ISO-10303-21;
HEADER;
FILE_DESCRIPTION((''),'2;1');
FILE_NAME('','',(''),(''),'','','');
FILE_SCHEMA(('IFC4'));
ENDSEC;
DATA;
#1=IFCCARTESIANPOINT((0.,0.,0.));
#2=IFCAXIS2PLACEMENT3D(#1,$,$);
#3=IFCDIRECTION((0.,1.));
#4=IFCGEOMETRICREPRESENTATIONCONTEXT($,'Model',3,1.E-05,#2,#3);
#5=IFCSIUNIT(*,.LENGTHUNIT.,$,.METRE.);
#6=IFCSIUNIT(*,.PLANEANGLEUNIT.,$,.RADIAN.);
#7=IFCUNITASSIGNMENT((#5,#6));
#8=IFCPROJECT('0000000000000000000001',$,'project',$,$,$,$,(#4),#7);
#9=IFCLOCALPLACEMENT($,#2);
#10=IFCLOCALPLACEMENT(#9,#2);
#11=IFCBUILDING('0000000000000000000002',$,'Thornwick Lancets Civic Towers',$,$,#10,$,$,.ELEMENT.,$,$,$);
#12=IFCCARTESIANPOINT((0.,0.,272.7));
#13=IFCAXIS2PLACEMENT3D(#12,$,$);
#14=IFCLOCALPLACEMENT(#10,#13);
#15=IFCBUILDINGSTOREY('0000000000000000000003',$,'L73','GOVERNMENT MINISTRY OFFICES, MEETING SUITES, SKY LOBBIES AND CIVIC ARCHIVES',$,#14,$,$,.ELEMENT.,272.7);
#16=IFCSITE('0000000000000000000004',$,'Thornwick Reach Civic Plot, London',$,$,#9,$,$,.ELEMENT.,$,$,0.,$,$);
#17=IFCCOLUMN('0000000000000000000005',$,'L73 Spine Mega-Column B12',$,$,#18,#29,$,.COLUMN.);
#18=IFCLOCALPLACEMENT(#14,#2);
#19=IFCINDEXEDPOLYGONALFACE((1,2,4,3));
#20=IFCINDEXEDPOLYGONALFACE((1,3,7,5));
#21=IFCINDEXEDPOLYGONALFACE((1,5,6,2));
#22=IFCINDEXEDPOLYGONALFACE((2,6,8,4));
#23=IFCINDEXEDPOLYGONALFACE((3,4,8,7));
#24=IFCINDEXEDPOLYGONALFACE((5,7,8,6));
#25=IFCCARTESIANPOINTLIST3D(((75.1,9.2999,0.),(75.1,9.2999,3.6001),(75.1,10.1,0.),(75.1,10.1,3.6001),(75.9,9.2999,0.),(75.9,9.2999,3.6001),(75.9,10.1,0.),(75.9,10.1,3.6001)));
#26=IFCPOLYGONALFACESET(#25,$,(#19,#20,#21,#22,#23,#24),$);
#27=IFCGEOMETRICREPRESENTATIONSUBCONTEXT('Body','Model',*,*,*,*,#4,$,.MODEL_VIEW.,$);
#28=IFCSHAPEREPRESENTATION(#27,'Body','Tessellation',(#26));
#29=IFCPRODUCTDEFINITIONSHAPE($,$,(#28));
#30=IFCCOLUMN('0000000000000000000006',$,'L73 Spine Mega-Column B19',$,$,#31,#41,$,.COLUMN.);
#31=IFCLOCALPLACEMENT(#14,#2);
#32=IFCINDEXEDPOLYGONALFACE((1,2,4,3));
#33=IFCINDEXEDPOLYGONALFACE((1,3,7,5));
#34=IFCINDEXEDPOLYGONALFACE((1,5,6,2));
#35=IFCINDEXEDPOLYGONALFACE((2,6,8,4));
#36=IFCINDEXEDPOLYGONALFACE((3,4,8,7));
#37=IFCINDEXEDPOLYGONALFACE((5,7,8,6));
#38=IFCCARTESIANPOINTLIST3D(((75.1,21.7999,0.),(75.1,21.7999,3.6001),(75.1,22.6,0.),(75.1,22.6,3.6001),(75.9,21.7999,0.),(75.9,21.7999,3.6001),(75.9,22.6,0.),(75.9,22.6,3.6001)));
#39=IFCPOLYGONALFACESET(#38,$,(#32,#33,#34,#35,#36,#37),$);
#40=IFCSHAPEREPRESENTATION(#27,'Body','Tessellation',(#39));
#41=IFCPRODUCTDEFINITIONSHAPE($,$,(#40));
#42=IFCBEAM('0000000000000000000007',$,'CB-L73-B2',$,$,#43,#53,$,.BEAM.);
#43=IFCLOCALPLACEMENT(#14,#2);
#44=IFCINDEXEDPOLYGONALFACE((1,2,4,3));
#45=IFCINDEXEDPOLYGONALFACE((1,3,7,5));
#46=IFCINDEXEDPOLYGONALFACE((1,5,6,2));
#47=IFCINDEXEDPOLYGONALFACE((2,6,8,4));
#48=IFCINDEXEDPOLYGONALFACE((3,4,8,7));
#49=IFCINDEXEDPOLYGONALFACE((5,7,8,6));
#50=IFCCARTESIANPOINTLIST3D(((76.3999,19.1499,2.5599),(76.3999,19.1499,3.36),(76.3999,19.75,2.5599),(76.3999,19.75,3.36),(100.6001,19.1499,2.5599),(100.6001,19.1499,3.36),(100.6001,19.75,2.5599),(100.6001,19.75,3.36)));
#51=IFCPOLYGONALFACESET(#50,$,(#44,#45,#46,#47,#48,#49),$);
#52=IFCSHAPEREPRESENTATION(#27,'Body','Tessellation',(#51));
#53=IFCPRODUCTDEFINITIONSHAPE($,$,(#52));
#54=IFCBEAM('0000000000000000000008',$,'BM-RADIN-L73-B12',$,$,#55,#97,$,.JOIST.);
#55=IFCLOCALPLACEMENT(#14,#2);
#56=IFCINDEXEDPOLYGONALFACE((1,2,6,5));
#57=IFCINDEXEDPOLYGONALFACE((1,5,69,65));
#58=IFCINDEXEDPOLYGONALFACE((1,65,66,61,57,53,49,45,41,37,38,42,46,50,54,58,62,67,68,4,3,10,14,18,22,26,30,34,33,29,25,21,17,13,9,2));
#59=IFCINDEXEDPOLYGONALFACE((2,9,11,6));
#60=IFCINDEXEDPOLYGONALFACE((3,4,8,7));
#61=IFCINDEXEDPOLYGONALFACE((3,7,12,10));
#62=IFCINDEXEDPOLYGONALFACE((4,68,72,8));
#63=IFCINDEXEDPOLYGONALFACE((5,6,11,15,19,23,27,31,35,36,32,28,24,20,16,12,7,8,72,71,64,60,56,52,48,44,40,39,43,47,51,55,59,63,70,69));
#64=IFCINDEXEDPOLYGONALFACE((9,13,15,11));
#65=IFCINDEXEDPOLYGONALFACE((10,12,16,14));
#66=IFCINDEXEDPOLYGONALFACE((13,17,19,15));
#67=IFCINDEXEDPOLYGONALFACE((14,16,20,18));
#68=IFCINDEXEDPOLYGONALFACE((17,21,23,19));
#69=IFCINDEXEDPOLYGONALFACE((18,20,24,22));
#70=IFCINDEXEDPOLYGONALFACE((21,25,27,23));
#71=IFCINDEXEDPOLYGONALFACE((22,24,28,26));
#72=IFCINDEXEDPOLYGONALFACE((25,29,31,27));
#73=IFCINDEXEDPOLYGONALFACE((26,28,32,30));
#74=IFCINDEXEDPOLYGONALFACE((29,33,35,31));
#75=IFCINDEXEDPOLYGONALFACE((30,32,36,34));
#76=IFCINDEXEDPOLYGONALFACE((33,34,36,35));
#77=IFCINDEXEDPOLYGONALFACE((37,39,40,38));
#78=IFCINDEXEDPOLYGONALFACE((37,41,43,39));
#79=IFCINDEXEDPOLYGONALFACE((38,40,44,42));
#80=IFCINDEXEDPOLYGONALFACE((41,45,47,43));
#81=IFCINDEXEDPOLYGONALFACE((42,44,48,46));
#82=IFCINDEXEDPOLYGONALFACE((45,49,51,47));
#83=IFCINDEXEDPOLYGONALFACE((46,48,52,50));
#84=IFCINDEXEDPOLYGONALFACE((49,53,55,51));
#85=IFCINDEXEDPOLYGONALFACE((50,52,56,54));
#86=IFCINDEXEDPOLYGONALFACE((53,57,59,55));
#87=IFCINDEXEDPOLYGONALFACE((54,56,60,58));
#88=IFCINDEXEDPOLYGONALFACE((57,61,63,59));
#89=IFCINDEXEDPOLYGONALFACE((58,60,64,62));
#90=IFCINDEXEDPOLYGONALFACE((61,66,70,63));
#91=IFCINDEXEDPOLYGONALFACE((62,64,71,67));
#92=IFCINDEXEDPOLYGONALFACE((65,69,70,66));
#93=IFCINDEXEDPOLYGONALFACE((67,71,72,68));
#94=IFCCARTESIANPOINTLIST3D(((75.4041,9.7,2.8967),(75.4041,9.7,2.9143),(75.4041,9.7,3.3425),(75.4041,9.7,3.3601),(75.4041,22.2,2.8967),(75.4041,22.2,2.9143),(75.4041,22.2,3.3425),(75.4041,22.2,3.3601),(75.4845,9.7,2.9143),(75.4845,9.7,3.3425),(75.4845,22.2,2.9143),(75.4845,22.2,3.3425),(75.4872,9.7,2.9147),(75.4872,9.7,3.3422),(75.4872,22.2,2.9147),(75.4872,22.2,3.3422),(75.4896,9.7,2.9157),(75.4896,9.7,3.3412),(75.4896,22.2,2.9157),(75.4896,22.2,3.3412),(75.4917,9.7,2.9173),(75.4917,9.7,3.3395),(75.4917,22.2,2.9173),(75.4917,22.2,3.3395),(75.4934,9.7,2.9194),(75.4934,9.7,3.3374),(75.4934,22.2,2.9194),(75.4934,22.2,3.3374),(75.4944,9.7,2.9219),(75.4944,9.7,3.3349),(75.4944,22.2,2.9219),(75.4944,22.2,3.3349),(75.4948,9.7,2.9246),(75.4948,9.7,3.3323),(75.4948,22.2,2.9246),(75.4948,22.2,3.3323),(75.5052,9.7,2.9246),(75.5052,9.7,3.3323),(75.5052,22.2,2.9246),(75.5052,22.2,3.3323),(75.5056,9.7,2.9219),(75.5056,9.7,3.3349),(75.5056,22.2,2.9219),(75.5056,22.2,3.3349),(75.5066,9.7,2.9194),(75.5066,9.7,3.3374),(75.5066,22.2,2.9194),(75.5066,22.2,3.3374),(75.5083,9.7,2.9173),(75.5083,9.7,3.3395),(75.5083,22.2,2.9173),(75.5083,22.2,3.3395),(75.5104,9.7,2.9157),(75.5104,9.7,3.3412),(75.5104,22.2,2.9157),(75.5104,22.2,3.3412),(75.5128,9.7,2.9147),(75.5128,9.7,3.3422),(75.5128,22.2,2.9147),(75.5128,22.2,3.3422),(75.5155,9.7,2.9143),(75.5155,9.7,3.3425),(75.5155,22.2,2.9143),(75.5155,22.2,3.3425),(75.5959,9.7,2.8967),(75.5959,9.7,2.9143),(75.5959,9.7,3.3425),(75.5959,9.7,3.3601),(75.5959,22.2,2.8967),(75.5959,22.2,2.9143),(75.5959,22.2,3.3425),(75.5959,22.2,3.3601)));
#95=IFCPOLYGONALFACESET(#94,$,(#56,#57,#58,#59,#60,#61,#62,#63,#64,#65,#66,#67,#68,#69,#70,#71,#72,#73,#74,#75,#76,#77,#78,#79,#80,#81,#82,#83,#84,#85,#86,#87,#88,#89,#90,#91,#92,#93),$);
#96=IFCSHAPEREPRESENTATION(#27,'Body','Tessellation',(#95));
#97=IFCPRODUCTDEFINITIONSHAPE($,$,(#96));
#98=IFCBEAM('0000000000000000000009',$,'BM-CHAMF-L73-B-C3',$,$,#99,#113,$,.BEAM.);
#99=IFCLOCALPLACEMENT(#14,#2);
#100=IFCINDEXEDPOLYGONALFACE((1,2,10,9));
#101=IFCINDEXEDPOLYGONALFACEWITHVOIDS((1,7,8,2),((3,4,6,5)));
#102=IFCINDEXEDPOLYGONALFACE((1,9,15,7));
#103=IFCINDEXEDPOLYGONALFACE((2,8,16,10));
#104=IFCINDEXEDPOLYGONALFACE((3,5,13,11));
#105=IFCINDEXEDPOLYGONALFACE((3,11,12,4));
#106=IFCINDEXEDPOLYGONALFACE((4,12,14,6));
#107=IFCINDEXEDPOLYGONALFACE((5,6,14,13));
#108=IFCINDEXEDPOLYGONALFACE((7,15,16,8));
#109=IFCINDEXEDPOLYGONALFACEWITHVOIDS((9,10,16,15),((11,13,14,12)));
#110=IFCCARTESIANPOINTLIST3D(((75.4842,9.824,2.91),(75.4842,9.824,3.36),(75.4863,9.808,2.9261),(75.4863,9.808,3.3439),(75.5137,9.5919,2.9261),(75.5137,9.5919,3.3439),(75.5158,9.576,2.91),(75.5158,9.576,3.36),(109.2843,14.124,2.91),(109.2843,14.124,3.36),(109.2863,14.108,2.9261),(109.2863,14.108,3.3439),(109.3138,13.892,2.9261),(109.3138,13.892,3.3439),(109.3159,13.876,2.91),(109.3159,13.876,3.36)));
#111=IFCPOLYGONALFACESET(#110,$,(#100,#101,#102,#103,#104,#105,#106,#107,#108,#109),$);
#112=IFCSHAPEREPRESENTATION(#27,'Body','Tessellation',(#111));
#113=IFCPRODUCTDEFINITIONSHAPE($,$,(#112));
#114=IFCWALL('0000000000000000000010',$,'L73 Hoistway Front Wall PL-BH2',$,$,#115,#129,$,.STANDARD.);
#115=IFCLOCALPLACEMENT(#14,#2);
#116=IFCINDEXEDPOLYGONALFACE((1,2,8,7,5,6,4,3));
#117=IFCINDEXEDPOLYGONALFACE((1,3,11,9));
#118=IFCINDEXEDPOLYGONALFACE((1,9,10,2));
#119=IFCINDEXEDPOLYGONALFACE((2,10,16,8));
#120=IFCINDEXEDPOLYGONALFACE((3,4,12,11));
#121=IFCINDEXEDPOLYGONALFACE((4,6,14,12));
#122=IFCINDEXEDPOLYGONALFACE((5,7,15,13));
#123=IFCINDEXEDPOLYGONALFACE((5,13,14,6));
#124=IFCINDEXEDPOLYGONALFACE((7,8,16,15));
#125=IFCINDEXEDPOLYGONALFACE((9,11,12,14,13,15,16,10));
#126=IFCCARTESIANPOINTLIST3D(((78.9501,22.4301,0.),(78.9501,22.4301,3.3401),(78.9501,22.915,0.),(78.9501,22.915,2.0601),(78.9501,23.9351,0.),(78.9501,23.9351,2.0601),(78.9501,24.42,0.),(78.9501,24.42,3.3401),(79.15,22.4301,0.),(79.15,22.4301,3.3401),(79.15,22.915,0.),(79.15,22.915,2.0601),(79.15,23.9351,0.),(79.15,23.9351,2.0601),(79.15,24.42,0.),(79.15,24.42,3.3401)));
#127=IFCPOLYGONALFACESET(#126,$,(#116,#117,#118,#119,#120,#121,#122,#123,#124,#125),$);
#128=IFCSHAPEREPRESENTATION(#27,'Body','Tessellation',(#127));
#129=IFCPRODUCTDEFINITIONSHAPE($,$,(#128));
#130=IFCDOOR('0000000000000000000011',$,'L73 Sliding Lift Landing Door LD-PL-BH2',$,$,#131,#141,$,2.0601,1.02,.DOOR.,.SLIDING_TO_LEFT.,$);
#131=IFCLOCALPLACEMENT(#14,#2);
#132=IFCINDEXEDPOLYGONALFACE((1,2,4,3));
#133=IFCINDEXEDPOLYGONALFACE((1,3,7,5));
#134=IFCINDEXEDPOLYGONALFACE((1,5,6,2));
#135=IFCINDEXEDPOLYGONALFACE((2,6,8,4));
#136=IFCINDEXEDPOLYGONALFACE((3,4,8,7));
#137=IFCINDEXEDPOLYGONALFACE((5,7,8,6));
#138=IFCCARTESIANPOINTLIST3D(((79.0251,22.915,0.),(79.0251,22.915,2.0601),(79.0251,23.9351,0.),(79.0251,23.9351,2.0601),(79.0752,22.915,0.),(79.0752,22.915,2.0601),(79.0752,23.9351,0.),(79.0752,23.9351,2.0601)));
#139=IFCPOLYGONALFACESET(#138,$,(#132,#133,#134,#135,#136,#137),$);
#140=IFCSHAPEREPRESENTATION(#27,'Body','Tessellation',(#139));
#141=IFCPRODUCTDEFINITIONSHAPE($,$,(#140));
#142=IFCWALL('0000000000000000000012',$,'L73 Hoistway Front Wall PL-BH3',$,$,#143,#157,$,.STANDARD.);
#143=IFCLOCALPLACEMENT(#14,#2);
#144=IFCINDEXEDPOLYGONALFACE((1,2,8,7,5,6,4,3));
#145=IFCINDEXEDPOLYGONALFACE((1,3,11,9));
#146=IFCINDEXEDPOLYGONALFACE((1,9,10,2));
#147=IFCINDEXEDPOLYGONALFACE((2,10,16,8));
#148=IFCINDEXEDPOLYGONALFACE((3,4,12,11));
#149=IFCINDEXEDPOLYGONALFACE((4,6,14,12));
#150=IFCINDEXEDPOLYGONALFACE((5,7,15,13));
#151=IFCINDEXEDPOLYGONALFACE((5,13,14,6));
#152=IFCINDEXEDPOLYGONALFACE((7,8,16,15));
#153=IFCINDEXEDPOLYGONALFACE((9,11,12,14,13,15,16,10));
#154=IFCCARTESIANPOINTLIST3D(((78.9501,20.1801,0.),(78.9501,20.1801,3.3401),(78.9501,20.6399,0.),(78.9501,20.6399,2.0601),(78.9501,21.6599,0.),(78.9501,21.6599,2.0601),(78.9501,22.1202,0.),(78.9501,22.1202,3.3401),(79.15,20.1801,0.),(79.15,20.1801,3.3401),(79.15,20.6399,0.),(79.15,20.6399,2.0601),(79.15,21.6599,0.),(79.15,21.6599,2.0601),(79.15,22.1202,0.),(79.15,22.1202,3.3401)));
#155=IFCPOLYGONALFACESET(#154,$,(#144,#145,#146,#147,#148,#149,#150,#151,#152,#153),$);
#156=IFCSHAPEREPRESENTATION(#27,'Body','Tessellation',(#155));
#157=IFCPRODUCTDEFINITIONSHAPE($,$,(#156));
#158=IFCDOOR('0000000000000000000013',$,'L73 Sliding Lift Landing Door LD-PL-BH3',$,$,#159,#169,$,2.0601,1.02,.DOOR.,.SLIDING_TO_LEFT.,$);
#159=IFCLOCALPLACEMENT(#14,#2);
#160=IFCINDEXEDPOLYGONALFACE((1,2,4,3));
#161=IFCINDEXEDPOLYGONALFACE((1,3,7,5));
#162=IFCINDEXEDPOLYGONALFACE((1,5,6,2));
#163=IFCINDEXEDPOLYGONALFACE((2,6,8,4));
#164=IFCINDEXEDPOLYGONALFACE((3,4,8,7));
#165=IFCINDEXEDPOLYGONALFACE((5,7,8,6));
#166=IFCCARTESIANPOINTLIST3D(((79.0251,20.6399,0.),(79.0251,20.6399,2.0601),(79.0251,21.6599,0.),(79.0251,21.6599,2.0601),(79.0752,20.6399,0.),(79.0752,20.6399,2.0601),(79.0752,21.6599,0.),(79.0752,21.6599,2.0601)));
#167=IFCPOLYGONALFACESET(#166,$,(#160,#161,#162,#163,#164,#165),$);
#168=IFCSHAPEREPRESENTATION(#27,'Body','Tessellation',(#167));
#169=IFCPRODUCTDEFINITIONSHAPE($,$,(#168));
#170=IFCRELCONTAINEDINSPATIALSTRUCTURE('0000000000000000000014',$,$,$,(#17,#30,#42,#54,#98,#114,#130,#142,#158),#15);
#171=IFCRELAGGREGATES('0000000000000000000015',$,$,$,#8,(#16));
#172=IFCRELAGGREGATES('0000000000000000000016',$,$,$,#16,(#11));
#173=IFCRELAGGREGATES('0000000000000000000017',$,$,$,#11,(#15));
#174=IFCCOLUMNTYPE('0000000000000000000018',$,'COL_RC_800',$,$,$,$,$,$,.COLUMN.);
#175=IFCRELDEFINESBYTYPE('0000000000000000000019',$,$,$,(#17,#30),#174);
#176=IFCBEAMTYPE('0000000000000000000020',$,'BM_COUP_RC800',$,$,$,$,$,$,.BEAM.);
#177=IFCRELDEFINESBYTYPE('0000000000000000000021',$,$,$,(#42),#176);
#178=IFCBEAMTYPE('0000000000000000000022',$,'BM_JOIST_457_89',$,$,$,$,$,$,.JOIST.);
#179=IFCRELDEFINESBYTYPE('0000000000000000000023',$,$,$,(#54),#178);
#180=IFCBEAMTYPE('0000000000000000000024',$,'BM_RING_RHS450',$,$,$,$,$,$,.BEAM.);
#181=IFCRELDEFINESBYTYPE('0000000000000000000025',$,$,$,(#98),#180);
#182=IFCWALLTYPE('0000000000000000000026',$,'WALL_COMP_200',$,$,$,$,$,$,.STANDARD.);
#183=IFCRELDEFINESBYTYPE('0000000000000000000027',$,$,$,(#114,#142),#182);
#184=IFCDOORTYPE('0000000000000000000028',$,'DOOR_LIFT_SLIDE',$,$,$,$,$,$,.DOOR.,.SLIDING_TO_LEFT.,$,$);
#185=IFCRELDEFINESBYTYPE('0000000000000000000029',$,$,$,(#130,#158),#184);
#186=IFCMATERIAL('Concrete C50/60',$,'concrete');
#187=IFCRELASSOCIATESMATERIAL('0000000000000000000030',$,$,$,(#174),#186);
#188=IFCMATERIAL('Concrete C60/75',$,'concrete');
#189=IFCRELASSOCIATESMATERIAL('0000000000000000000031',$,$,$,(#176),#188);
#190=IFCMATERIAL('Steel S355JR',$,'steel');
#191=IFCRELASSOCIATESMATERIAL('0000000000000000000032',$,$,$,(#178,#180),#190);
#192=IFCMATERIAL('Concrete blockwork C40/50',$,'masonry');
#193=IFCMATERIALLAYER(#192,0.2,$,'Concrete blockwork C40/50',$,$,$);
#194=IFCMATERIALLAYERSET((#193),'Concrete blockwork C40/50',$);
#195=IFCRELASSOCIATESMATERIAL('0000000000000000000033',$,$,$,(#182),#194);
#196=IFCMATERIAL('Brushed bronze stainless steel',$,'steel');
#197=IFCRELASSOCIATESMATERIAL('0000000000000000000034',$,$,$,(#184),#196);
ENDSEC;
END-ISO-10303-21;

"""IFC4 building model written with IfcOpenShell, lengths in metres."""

from ifc_helpers import new_model, si_unit, direction, frame, frame_2d, origin, origin_2d, place, context, subcontext, project, spatial, rectangle, hollow_rectangle, i_section, extrude, material, layer, layer_set, material_profile, profile_set, type_object, element, fill, save


model = new_model("IFC4")

# Units and contexts
model_context = context("Model", 3, precision=1e-05, world=origin(), true_north=direction((0.0, 1.0)))
body_context = subcontext(model_context, "Body", "Model", "MODEL_VIEW")
ifc_project = project(units=[si_unit("LENGTHUNIT", "METRE"), si_unit("PLANEANGLEUNIT", "RADIAN")], contexts=[model_context])

# Site, building, storey
site_placement = place(None, origin())
site = spatial("IfcSite", under=ifc_project, at=site_placement, Name="Thornwick Reach Civic Plot, London", CompositionType="ELEMENT", RefElevation=0.0)
building_placement = place(site_placement, origin())
building = spatial("IfcBuilding", under=site, at=building_placement, Name="Thornwick Lancets Civic Towers", CompositionType="ELEMENT")
storey_placement = place(building_placement, frame((0.0, 0.0, 272.7)))
storey = spatial("IfcBuildingStorey", under=building, at=storey_placement, Name="L73", Description="GOVERNMENT MINISTRY OFFICES, MEETING SUITES, SKY LOBBIES AND CIVIC ARCHIVES", CompositionType="ELEMENT", Elevation=272.7)

# Columns
ifc_material_1 = material(Name="Concrete C50/60", Category="concrete")
ifc_material_profile_1 = material_profile(ifc_material_1, rectangle(XDim=0.8, YDim=0.8, at=origin_2d()), Name="RC 800x800")
ifc_profile_set_1 = profile_set([ifc_material_profile_1], Name="Concrete C50/60")
column_type = type_object("IfcColumnType", Name="COL_RC_800", PredefinedType="COLUMN", material=ifc_profile_set_1)
for number, where, z_axis, x_axis, name in (
    (1, (75.5, 9.7, 0.0), (0.0, 0.0, 1.0), (1.0, 0.0, 0.0), "L73 Spine Mega-Column B12"),
    (2, (75.5, 22.2, 0.0), (0.0, 0.0, 1.0), (1.0, 0.0, 0.0), "L73 Spine Mega-Column B19"),
):
    element("IfcColumn", number, at=place(storey_placement, frame(where, z_axis=z_axis, x_axis=x_axis)), inside=storey, type_object=column_type, Name=name, PredefinedType="COLUMN", context=body_context, shape_type="SweptSolid", body=[
        extrude(rectangle(XDim=0.8, YDim=0.8, at=origin_2d()), origin(), (0.0, 0.0, 1.0), 3.6001),
    ])

# Beams
ifc_material_2 = material(Name="Concrete C60/75", Category="concrete")
ifc_material_profile_2 = material_profile(ifc_material_2, rectangle(XDim=0.6001, YDim=0.8, at=origin_2d()), Name="RC 600x800")
ifc_profile_set_2 = profile_set([ifc_material_profile_2], Name="Concrete C60/75")
beam_type_1 = type_object("IfcBeamType", Name="BM_COUP_RC800", PredefinedType="BEAM", material=ifc_profile_set_2)
beam_1_placement = place(storey_placement, frame((76.3999, 19.45, 2.96), z_axis=(1.0, 0.0, 0.0), x_axis=(0.0, 1.0, 0.0)))
element("IfcBeam", 3, at=beam_1_placement, inside=storey, type_object=beam_type_1, Name="CB-L73-B2", PredefinedType="BEAM", context=body_context, shape_type="SweptSolid", body=[
    extrude(rectangle(XDim=0.6001, YDim=0.8, at=origin_2d()), origin(), (0.0, 0.0, 1.0), 24.2002),
])
ifc_material_3 = material(Name="Steel S355JR", Category="steel")
ifc_material_profile_3 = material_profile(ifc_material_3, i_section(OverallWidth=0.1919, OverallDepth=0.4634, WebThickness=0.0105, FlangeThickness=0.0176, FilletRadius=0.0103, at=origin_2d()), Name="UKB 457x191x89")
ifc_profile_set_3 = profile_set([ifc_material_profile_3], Name="Steel S355JR")
beam_type_2 = type_object("IfcBeamType", Name="BM_JOIST_457_89", PredefinedType="JOIST", material=ifc_profile_set_3)
beam_2_placement = place(storey_placement, frame((75.5, 22.2, 3.1284), z_axis=(0.0, -1.0, 0.0), x_axis=(1.0, 0.0, 0.0)))
element("IfcBeam", 4, at=beam_2_placement, inside=storey, type_object=beam_type_2, Name="BM-RADIN-L73-B12", PredefinedType="JOIST", context=body_context, shape_type="SweptSolid", body=[
    extrude(i_section(OverallWidth=0.1919, OverallDepth=0.4634, WebThickness=0.0105, FlangeThickness=0.0176, FilletRadius=0.0103, at=origin_2d()), origin(), (0.0, 0.0, 1.0), 12.5),
])
ifc_material_profile_4 = material_profile(ifc_material_3, hollow_rectangle(XDim=0.25, YDim=0.45, WallThickness=0.0161, at=origin_2d()), Name="RHS 450x250x16")
ifc_profile_set_4 = profile_set([ifc_material_profile_4], Name="Steel S355JR")
beam_type_3 = type_object("IfcBeamType", Name="BM_RING_RHS450", PredefinedType="BEAM", material=ifc_profile_set_4)
beam_3_placement = place(storey_placement, frame((75.5, 9.7, 3.135), z_axis=(0.992004, 0.126203, 0.0), x_axis=(-0.126203, 0.992004, 0.0)))
element("IfcBeam", 5, at=beam_3_placement, inside=storey, type_object=beam_type_3, Name="BM-CHAMF-L73-B-C3", PredefinedType="BEAM", context=body_context, shape_type="SweptSolid", body=[
    extrude(hollow_rectangle(XDim=0.25, YDim=0.45, WallThickness=0.0161, at=origin_2d()), origin(), (0.0, 0.0, 1.0), 34.0725),
])

# Walls, openings, doors
ifc_material_4 = material(Name="Concrete blockwork C40/50", Category="masonry")
ifc_layer_1 = layer(ifc_material_4, 0.2, Name="Concrete blockwork C40/50")
ifc_layer_set_1 = layer_set([ifc_layer_1], Name="Concrete blockwork C40/50")
wall_type_1 = type_object("IfcWallType", Name="WALL_COMP_200", PredefinedType="STANDARD", material=ifc_layer_set_1)
wall_1_placement = place(storey_placement, frame((79.05, 22.4299, 0.0), z_axis=(0.0, 0.0, 1.0), x_axis=(0.0, 1.0, 0.0)))
wall_1 = element("IfcWall", 6, at=wall_1_placement, inside=storey, type_object=wall_type_1, Name="L73 Hoistway Front Wall PL-BH2", PredefinedType="STANDARD", context=body_context, shape_type="SweptSolid", body=[
    extrude(rectangle(XDim=1.99, YDim=0.2, at=frame_2d((0.9951, 0.0))), origin(), (0.0, 0.0, 1.0), 3.3401),
])
opening_1_placement = place(wall_1_placement, frame((0.4851, 0.0, 0.0)))
opening_1 = element("IfcOpeningElement", 7, at=opening_1_placement, cuts=wall_1, PredefinedType="OPENING", context=body_context, shape_type="SweptSolid", body=[
    extrude(rectangle(XDim=1.02, YDim=2.0601, at=frame_2d((0.51, 1.03))), frame((0.0, 0.1099, 0.0), z_axis=(0.0, -1.0, 0.0), x_axis=(1.0, 0.0, 0.0)), (0.0, 0.0, 1.0), 0.22),
])
ifc_material_5 = material(Name="Brushed bronze stainless steel", Category="steel")
door_type = type_object("IfcDoorType", Name="DOOR_LIFT_SLIDE", OperationType="SLIDING_TO_LEFT", PredefinedType="DOOR", material=ifc_material_5)
door_1_placement = place(opening_1_placement, origin())
door_1 = element("IfcDoor", 8, at=door_1_placement, inside=storey, type_object=door_type, Name="L73 Sliding Lift Landing Door LD-PL-BH2", OperationType="SLIDING_TO_LEFT", OverallHeight=2.0601, OverallWidth=1.02, PredefinedType="DOOR", context=body_context, shape_type="SweptSolid", body=[
    extrude(rectangle(XDim=1.02, YDim=2.0601, at=frame_2d((0.51, 1.03))), frame((0.0, 0.0249, 0.0), z_axis=(0.0, -1.0, 0.0), x_axis=(1.0, 0.0, 0.0)), (0.0, 0.0, 1.0), 0.05),
])
fill(opening_1, door_1)
wall_2_placement = place(storey_placement, frame((79.05, 20.1799, 0.0), z_axis=(0.0, 0.0, 1.0), x_axis=(0.0, 1.0, 0.0)))
wall_2 = element("IfcWall", 9, at=wall_2_placement, inside=storey, type_object=wall_type_1, Name="L73 Hoistway Front Wall PL-BH3", PredefinedType="STANDARD", context=body_context, shape_type="SweptSolid", body=[
    extrude(rectangle(XDim=1.9402, YDim=0.2, at=frame_2d((0.9702, 0.0))), origin(), (0.0, 0.0, 1.0), 3.3401),
])
opening_2_placement = place(wall_2_placement, frame((0.46, 0.0, 0.0)))
opening_2 = element("IfcOpeningElement", 10, at=opening_2_placement, cuts=wall_2, PredefinedType="OPENING", context=body_context, shape_type="SweptSolid", body=[
    extrude(rectangle(XDim=1.02, YDim=2.0601, at=frame_2d((0.51, 1.03))), frame((0.0, 0.1099, 0.0), z_axis=(0.0, -1.0, 0.0), x_axis=(1.0, 0.0, 0.0)), (0.0, 0.0, 1.0), 0.22),
])
door_2_placement = place(opening_2_placement, origin())
door_2 = element("IfcDoor", 11, at=door_2_placement, inside=storey, type_object=door_type, Name="L73 Sliding Lift Landing Door LD-PL-BH3", OperationType="SLIDING_TO_LEFT", OverallHeight=2.0601, OverallWidth=1.02, PredefinedType="DOOR", context=body_context, shape_type="SweptSolid", body=[
    extrude(rectangle(XDim=1.02, YDim=2.0601, at=frame_2d((0.51, 1.03))), frame((0.0, 0.0249, 0.0), z_axis=(0.0, -1.0, 0.0), x_axis=(1.0, 0.0, 0.0)), (0.0, 0.0, 1.0), 0.05),
])
fill(opening_2, door_2)

save(model, "model.ifc")
